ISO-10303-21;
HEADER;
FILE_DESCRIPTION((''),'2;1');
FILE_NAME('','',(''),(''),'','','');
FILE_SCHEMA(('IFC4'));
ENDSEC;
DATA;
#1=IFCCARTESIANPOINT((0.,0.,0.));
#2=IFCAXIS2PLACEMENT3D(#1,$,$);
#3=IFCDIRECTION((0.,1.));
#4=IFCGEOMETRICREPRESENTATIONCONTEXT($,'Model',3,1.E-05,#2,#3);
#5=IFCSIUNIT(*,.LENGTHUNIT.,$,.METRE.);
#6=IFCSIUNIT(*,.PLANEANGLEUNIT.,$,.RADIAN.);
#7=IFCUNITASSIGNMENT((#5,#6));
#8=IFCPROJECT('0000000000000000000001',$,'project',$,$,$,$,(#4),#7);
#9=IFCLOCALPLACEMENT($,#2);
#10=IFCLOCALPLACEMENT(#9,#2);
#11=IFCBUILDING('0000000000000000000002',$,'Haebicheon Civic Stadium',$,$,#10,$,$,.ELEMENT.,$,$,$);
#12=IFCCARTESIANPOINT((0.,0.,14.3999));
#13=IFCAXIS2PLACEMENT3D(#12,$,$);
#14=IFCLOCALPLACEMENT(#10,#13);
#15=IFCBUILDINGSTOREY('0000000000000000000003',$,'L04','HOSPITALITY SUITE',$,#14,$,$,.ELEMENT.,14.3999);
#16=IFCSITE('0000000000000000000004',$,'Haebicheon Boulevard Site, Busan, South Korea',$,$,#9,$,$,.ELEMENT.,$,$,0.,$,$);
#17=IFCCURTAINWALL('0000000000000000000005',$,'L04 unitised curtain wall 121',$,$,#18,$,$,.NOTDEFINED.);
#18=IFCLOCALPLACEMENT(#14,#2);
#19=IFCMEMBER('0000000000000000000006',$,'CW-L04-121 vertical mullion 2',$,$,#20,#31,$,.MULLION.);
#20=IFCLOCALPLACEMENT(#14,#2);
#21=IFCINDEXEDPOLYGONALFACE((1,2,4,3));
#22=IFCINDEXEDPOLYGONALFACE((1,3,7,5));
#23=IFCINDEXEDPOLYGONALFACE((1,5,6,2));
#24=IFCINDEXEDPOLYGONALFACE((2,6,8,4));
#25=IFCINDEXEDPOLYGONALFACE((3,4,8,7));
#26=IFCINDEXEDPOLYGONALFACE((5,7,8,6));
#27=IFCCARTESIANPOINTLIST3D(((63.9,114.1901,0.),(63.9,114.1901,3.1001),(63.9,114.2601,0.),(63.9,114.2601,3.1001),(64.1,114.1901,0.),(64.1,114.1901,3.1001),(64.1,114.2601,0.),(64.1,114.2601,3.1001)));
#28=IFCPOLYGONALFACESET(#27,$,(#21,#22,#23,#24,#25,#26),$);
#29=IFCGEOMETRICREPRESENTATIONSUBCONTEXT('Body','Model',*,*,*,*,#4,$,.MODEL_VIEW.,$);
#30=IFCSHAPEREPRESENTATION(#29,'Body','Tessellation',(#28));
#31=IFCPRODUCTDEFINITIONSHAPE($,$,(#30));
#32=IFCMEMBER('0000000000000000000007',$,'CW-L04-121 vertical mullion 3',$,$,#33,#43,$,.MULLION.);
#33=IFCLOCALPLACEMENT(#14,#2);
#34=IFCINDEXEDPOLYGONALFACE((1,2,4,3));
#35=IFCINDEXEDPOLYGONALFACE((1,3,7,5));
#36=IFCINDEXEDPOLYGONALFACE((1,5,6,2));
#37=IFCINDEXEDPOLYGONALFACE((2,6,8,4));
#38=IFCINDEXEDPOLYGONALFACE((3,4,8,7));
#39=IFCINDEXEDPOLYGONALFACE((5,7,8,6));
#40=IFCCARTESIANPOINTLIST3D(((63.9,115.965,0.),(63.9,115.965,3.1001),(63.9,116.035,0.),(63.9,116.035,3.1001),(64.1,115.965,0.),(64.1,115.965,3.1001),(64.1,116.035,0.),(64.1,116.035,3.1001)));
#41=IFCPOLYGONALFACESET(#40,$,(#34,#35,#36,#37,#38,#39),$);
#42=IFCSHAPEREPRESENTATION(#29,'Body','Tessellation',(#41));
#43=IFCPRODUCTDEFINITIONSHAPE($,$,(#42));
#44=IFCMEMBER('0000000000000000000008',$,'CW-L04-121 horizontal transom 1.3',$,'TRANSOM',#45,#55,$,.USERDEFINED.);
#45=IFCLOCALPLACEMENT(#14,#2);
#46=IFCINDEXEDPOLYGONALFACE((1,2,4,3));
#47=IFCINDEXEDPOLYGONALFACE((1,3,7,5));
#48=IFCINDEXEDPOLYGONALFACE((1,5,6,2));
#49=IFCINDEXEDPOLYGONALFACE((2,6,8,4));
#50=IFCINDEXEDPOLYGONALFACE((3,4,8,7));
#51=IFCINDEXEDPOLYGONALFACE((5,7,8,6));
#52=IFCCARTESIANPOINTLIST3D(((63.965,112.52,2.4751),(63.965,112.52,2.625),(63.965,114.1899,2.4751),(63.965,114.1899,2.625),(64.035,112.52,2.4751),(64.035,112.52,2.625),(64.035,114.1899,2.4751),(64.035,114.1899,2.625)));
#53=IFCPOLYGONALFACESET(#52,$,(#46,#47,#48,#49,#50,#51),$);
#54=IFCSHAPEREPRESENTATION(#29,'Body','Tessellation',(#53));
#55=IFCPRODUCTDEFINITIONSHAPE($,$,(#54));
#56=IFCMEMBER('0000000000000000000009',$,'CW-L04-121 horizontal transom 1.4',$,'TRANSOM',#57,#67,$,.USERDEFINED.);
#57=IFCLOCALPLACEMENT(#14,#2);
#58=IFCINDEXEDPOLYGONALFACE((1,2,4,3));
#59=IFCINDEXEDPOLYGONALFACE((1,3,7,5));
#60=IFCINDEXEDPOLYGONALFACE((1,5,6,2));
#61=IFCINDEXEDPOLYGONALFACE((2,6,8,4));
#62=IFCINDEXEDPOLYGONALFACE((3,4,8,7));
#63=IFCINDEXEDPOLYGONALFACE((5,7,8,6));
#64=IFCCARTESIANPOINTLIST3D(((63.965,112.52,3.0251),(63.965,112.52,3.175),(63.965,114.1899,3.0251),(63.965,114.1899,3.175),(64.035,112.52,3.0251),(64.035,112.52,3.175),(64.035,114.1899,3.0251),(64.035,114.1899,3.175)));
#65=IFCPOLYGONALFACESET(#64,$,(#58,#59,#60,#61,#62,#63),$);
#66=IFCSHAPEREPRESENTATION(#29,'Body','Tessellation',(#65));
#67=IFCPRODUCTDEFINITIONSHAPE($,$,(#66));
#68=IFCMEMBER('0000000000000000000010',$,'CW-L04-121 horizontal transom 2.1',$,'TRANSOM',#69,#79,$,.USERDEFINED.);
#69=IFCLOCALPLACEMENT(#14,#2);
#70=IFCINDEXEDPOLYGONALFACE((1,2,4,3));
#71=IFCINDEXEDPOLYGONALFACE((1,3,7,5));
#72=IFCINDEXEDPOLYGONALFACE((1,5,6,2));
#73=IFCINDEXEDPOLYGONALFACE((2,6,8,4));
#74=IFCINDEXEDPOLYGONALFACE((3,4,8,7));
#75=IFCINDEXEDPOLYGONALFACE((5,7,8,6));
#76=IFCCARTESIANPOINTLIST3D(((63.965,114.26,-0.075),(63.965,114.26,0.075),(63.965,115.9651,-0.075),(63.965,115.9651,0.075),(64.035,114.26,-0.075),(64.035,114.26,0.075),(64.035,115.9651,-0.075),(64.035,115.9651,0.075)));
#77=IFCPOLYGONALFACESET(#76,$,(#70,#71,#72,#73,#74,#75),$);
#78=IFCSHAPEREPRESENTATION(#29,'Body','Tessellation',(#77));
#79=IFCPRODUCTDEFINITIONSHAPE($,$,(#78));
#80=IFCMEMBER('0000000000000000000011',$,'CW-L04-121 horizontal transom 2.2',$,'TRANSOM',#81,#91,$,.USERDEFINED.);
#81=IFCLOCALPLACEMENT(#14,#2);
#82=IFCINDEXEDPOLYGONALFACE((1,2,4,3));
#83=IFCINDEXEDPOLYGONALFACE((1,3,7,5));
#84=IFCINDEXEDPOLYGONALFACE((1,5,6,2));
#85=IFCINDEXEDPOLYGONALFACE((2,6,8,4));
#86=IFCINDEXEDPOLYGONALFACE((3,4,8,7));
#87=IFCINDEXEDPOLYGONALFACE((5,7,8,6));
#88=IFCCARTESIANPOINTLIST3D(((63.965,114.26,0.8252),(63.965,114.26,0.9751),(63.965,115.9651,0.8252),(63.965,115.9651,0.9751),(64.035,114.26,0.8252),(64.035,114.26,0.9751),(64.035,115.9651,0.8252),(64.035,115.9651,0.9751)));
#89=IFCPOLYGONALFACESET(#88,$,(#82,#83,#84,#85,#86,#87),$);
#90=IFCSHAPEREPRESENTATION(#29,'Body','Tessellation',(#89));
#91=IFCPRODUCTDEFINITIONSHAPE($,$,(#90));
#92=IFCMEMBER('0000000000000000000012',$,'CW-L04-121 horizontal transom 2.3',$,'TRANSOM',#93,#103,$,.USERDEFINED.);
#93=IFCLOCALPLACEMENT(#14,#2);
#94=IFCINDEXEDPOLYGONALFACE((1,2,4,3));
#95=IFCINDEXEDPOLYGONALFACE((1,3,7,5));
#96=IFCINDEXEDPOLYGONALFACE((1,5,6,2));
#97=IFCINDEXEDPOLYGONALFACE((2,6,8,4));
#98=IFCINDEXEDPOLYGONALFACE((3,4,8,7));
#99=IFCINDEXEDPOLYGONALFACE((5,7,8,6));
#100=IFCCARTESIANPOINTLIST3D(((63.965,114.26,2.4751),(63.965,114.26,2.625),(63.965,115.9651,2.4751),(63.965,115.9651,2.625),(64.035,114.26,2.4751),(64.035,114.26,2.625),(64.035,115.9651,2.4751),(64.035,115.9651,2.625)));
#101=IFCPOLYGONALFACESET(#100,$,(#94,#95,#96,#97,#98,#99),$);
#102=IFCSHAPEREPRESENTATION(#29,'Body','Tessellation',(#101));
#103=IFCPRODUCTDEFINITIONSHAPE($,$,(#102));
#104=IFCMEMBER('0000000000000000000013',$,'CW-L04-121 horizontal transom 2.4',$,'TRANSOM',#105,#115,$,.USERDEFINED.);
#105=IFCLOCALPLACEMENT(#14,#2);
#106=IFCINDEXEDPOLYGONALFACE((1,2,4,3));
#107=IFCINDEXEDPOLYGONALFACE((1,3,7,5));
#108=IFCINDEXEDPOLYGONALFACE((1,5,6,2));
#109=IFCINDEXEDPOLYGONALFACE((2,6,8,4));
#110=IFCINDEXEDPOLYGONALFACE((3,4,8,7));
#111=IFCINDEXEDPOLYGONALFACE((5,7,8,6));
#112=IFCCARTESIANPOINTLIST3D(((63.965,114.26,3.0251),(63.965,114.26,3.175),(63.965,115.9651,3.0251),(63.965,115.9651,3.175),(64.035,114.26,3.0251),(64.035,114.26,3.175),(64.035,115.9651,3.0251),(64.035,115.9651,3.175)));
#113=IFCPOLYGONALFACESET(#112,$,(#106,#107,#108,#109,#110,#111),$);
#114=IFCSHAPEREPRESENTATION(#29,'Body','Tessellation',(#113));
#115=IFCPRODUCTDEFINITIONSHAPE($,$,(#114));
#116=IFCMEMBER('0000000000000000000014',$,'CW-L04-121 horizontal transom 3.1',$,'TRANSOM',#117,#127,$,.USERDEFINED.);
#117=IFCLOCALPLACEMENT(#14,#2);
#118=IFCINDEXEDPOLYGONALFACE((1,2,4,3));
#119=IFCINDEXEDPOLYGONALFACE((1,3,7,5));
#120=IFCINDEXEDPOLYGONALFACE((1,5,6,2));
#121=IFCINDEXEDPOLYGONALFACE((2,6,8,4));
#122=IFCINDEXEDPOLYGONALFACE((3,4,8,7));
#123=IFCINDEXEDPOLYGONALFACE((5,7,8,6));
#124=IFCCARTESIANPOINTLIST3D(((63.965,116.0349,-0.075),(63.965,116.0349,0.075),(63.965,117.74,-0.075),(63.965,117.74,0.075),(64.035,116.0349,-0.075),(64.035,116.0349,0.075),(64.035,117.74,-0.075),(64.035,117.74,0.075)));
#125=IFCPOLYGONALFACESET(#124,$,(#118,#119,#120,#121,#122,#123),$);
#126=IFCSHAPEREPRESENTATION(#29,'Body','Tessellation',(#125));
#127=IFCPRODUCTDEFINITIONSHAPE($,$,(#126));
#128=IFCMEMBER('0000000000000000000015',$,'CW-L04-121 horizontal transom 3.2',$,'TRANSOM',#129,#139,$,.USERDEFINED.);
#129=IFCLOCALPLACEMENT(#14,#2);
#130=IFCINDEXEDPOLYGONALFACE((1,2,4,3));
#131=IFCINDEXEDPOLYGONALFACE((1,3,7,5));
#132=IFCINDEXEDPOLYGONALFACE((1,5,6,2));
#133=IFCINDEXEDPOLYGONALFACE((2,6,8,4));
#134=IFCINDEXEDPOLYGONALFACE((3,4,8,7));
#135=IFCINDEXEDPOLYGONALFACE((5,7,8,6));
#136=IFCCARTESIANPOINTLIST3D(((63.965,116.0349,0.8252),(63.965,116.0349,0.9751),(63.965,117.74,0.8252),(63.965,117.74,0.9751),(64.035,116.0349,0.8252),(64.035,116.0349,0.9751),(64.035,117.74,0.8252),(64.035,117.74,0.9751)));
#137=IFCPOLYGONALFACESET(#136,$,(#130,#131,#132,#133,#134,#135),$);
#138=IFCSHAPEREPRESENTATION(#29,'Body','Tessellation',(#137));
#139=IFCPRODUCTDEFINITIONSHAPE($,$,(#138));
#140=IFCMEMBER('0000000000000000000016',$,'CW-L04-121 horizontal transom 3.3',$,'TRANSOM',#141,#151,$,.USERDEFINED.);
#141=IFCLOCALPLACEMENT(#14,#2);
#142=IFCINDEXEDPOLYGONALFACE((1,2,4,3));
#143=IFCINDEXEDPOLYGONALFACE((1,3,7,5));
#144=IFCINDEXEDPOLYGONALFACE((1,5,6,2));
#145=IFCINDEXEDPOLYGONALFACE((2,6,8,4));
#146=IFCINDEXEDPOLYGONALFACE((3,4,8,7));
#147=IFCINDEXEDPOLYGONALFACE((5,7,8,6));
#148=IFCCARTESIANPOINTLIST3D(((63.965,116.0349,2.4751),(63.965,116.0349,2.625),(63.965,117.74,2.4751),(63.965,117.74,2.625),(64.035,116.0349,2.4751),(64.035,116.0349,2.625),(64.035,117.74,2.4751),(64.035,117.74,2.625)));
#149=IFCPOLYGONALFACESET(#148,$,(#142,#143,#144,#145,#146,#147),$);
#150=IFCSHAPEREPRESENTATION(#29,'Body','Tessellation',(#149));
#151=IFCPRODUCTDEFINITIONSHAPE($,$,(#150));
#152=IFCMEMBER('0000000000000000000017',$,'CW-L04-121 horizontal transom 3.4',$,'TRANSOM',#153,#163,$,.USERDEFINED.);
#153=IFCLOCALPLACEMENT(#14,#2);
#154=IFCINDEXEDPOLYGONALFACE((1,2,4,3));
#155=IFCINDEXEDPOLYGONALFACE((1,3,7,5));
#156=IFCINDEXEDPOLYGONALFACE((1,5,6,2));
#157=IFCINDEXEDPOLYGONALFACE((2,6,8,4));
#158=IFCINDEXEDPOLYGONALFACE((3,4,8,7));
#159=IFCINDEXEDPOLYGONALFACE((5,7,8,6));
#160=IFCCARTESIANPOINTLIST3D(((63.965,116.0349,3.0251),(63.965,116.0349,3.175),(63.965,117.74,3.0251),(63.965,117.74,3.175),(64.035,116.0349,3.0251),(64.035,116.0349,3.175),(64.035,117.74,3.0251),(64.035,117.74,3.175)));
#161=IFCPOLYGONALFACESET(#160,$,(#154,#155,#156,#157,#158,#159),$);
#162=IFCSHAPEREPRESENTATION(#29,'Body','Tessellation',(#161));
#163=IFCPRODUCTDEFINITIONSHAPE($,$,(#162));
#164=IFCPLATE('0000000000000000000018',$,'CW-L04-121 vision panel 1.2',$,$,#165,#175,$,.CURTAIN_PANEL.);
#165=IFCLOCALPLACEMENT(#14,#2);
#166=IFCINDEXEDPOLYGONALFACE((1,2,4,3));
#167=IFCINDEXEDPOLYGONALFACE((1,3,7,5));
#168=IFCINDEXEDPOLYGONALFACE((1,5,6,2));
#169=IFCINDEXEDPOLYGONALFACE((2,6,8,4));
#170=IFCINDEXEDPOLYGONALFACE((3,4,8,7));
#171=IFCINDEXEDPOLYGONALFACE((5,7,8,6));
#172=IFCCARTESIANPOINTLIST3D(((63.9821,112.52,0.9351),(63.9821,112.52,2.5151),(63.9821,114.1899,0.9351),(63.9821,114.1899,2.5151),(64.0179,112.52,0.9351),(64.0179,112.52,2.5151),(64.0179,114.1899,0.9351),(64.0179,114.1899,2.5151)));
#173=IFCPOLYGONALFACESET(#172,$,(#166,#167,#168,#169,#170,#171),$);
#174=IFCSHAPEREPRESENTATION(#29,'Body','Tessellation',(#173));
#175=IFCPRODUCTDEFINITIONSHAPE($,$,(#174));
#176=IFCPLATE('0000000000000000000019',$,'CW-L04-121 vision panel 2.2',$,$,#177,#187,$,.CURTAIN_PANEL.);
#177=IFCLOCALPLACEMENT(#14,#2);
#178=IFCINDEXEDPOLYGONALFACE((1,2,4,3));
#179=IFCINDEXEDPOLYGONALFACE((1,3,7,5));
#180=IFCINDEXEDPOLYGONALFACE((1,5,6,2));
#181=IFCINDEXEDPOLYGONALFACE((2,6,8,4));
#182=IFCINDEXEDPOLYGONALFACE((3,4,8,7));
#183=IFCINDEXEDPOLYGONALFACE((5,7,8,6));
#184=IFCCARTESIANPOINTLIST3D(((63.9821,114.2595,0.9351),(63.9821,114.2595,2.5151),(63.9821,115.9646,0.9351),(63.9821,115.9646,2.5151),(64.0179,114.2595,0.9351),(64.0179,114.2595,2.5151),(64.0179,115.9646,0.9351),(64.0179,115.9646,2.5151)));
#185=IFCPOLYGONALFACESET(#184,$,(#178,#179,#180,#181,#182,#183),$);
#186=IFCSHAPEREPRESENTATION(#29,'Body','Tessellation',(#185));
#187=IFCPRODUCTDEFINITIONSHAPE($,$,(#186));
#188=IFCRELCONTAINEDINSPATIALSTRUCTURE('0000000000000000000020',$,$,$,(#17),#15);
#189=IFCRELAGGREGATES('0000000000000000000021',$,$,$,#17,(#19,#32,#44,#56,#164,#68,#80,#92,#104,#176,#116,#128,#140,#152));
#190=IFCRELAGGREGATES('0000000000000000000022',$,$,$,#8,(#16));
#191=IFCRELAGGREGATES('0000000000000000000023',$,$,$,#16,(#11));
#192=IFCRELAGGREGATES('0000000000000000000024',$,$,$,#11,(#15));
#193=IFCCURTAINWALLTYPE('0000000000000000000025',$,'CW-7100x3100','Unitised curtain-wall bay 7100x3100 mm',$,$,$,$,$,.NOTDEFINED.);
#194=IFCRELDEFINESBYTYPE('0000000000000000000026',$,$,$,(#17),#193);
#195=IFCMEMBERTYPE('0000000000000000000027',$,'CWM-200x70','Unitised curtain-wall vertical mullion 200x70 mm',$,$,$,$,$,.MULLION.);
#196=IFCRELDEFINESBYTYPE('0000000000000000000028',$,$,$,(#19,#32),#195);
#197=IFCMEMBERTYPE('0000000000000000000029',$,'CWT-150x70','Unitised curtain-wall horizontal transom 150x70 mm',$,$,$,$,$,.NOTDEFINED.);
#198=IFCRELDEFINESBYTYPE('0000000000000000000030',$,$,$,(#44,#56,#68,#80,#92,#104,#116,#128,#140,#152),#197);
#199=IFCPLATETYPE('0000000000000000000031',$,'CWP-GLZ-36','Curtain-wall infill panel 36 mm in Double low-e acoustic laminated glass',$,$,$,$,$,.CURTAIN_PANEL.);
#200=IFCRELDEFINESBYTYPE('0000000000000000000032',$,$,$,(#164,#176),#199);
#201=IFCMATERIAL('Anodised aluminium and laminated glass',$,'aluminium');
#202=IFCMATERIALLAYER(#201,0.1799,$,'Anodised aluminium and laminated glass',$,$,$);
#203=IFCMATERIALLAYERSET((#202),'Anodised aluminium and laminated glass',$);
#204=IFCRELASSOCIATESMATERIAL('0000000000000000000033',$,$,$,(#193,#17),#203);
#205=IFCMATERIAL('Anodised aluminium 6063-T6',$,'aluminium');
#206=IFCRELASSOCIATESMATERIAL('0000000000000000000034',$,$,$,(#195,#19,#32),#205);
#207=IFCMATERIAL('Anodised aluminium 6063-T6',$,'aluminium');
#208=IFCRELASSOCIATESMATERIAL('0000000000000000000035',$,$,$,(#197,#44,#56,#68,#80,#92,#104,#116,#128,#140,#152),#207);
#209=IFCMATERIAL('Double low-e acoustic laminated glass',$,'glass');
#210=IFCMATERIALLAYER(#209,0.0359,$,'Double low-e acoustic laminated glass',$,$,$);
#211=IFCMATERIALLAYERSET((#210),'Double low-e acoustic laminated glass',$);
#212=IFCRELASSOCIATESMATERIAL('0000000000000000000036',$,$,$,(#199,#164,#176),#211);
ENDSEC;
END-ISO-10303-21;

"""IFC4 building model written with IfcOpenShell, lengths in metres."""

from ifc_helpers import new_model, si_unit, direction, frame, origin, origin_2d, place, context, subcontext, project, spatial, rectangle, extrude, material, layer, layer_set, material_profile, profile_set, type_object, element, aggregate, save


model = new_model("IFC4")

# Units and contexts
model_context = context("Model", 3, precision=1e-05, world=origin(), true_north=direction((0.0, 1.0)))
body_context = subcontext(model_context, "Body", "Model", "MODEL_VIEW")
ifc_project = project(units=[si_unit("LENGTHUNIT", "METRE"), si_unit("PLANEANGLEUNIT", "RADIAN")], contexts=[model_context])

# Site, building, storey
site_placement = place(None, origin())
site = spatial("IfcSite", under=ifc_project, at=site_placement, Name="Haebicheon Boulevard Site, Busan, South Korea", CompositionType="ELEMENT", RefElevation=0.0)
building_placement = place(site_placement, origin())
building = spatial("IfcBuilding", under=site, at=building_placement, Name="Haebicheon Civic Stadium", CompositionType="ELEMENT")
storey_placement = place(building_placement, frame((0.0, 0.0, 14.3999)))
storey = spatial("IfcBuildingStorey", under=building, at=storey_placement, Name="L04", Description="HOSPITALITY SUITE", CompositionType="ELEMENT", Elevation=14.3999)

# Curtain wall, members, plates
ifc_material_1 = material(Name="Anodised aluminium and laminated glass", Category="aluminium")
ifc_layer_1 = layer(ifc_material_1, 0.1799, Name="Anodised aluminium and laminated glass")
ifc_layer_set_1 = layer_set([ifc_layer_1], Name="Anodised aluminium and laminated glass")
curtain_wall_type = type_object("IfcCurtainWallType", Name="CW-7100x3100", Description="Unitised curtain-wall bay 7100x3100 mm", PredefinedType="NOTDEFINED", material=ifc_layer_set_1)
curtain_wall_placement = place(storey_placement, origin())
curtain_wall = element("IfcCurtainWall", 1, at=curtain_wall_placement, inside=storey, type_object=curtain_wall_type, material=ifc_layer_set_1, Name="L04 unitised curtain wall 121", PredefinedType="NOTDEFINED")
ifc_material_2 = material(Name="Anodised aluminium 6063-T6", Category="aluminium")
ifc_material_profile_1 = material_profile(ifc_material_2, rectangle(XDim=0.0701, YDim=0.2, at=origin_2d()), Name="ALU-MULL-70x200")
ifc_profile_set_1 = profile_set([ifc_material_profile_1], Name="Anodised aluminium 6063-T6")
member_type_1 = type_object("IfcMemberType", Name="CWM-200x70", Description="Unitised curtain-wall vertical mullion 200x70 mm", PredefinedType="MULLION", material=ifc_profile_set_1)
member_1_placement = place(storey_placement, frame((64.0, 114.2251, 0.0), z_axis=(0.0, 0.0, 1.0), x_axis=(0.0, 1.0, 0.0)))
member_1 = element("IfcMember", 2, at=member_1_placement, type_object=member_type_1, material=ifc_profile_set_1, Name="CW-L04-121 vertical mullion 2", PredefinedType="MULLION", context=body_context, shape_type="SweptSolid", body=[
    extrude(rectangle(XDim=0.0701, YDim=0.2, at=origin_2d()), origin(), (0.0, 0.0, 1.0), 3.1001),
])
member_2_placement = place(storey_placement, frame((64.0, 116.0, 0.0), z_axis=(0.0, 0.0, 1.0), x_axis=(0.0, 1.0, 0.0)))
member_2 = element("IfcMember", 3, at=member_2_placement, type_object=member_type_1, material=ifc_profile_set_1, Name="CW-L04-121 vertical mullion 3", PredefinedType="MULLION", context=body_context, shape_type="SweptSolid", body=[
    extrude(rectangle(XDim=0.0701, YDim=0.2, at=origin_2d()), origin(), (0.0, 0.0, 1.0), 3.1001),
])
ifc_material_3 = material(Name="Anodised aluminium 6063-T6", Category="aluminium")
ifc_material_profile_2 = material_profile(ifc_material_3, rectangle(XDim=0.0701, YDim=0.1499, at=origin_2d()), Name="ALU-TRAN-70x150")
ifc_profile_set_2 = profile_set([ifc_material_profile_2], Name="Anodised aluminium 6063-T6")
member_type_2 = type_object("IfcMemberType", Name="CWT-150x70", Description="Unitised curtain-wall horizontal transom 150x70 mm", PredefinedType="NOTDEFINED", material=ifc_profile_set_2)
member_3_placement = place(storey_placement, frame((64.0, 112.52, 2.55), z_axis=(0.0, 1.0, 0.0), x_axis=(-1.0, 0.0, 0.0)))
member_3 = element("IfcMember", 4, at=member_3_placement, type_object=member_type_2, material=ifc_profile_set_2, Name="CW-L04-121 horizontal transom 1.3", ObjectType="TRANSOM", PredefinedType="USERDEFINED", context=body_context, shape_type="SweptSolid", body=[
    extrude(rectangle(XDim=0.0701, YDim=0.1499, at=origin_2d()), origin(), (0.0, 0.0, 1.0), 1.6699),
])
member_4_placement = place(storey_placement, frame((64.0, 112.52, 3.1001), z_axis=(0.0, 1.0, 0.0), x_axis=(-1.0, 0.0, 0.0)))
member_4 = element("IfcMember", 5, at=member_4_placement, type_object=member_type_2, material=ifc_profile_set_2, Name="CW-L04-121 horizontal transom 1.4", ObjectType="TRANSOM", PredefinedType="USERDEFINED", context=body_context, shape_type="SweptSolid", body=[
    extrude(rectangle(XDim=0.0701, YDim=0.1499, at=origin_2d()), origin(), (0.0, 0.0, 1.0), 1.6699),
])
member_5_placement = place(storey_placement, frame((64.0, 114.26, 0.0), z_axis=(0.0, 1.0, 0.0), x_axis=(-1.0, 0.0, 0.0)))
member_5 = element("IfcMember", 6, at=member_5_placement, type_object=member_type_2, material=ifc_profile_set_2, Name="CW-L04-121 horizontal transom 2.1", ObjectType="TRANSOM", PredefinedType="USERDEFINED", context=body_context, shape_type="SweptSolid", body=[
    extrude(rectangle(XDim=0.0701, YDim=0.1499, at=origin_2d()), origin(), (0.0, 0.0, 1.0), 1.7051),
])
member_6_placement = place(storey_placement, frame((64.0, 114.26, 0.9001), z_axis=(0.0, 1.0, 0.0), x_axis=(-1.0, 0.0, 0.0)))
member_6 = element("IfcMember", 7, at=member_6_placement, type_object=member_type_2, material=ifc_profile_set_2, Name="CW-L04-121 horizontal transom 2.2", ObjectType="TRANSOM", PredefinedType="USERDEFINED", context=body_context, shape_type="SweptSolid", body=[
    extrude(rectangle(XDim=0.0701, YDim=0.1499, at=origin_2d()), origin(), (0.0, 0.0, 1.0), 1.7051),
])
member_7_placement = place(storey_placement, frame((64.0, 114.26, 2.55), z_axis=(0.0, 1.0, 0.0), x_axis=(-1.0, 0.0, 0.0)))
member_7 = element("IfcMember", 8, at=member_7_placement, type_object=member_type_2, material=ifc_profile_set_2, Name="CW-L04-121 horizontal transom 2.3", ObjectType="TRANSOM", PredefinedType="USERDEFINED", context=body_context, shape_type="SweptSolid", body=[
    extrude(rectangle(XDim=0.0701, YDim=0.1499, at=origin_2d()), origin(), (0.0, 0.0, 1.0), 1.7051),
])
member_8_placement = place(storey_placement, frame((64.0, 114.26, 3.1001), z_axis=(0.0, 1.0, 0.0), x_axis=(-1.0, 0.0, 0.0)))
member_8 = element("IfcMember", 9, at=member_8_placement, type_object=member_type_2, material=ifc_profile_set_2, Name="CW-L04-121 horizontal transom 2.4", ObjectType="TRANSOM", PredefinedType="USERDEFINED", context=body_context, shape_type="SweptSolid", body=[
    extrude(rectangle(XDim=0.0701, YDim=0.1499, at=origin_2d()), origin(), (0.0, 0.0, 1.0), 1.7051),
])
member_9_placement = place(storey_placement, frame((64.0, 116.0349, 0.0), z_axis=(0.0, 1.0, 0.0), x_axis=(-1.0, 0.0, 0.0)))
member_9 = element("IfcMember", 10, at=member_9_placement, type_object=member_type_2, material=ifc_profile_set_2, Name="CW-L04-121 horizontal transom 3.1", ObjectType="TRANSOM", PredefinedType="USERDEFINED", context=body_context, shape_type="SweptSolid", body=[
    extrude(rectangle(XDim=0.0701, YDim=0.1499, at=origin_2d()), origin(), (0.0, 0.0, 1.0), 1.7051),
])
member_10_placement = place(storey_placement, frame((64.0, 116.0349, 0.9001), z_axis=(0.0, 1.0, 0.0), x_axis=(-1.0, 0.0, 0.0)))
member_10 = element("IfcMember", 11, at=member_10_placement, type_object=member_type_2, material=ifc_profile_set_2, Name="CW-L04-121 horizontal transom 3.2", ObjectType="TRANSOM", PredefinedType="USERDEFINED", context=body_context, shape_type="SweptSolid", body=[
    extrude(rectangle(XDim=0.0701, YDim=0.1499, at=origin_2d()), origin(), (0.0, 0.0, 1.0), 1.7051),
])
member_11_placement = place(storey_placement, frame((64.0, 116.0349, 2.55), z_axis=(0.0, 1.0, 0.0), x_axis=(-1.0, 0.0, 0.0)))
member_11 = element("IfcMember", 12, at=member_11_placement, type_object=member_type_2, material=ifc_profile_set_2, Name="CW-L04-121 horizontal transom 3.3", ObjectType="TRANSOM", PredefinedType="USERDEFINED", context=body_context, shape_type="SweptSolid", body=[
    extrude(rectangle(XDim=0.0701, YDim=0.1499, at=origin_2d()), origin(), (0.0, 0.0, 1.0), 1.7051),
])
member_12_placement = place(storey_placement, frame((64.0, 116.0349, 3.1001), z_axis=(0.0, 1.0, 0.0), x_axis=(-1.0, 0.0, 0.0)))
member_12 = element("IfcMember", 13, at=member_12_placement, type_object=member_type_2, material=ifc_profile_set_2, Name="CW-L04-121 horizontal transom 3.4", ObjectType="TRANSOM", PredefinedType="USERDEFINED", context=body_context, shape_type="SweptSolid", body=[
    extrude(rectangle(XDim=0.0701, YDim=0.1499, at=origin_2d()), origin(), (0.0, 0.0, 1.0), 1.7051),
])
ifc_material_4 = material(Name="Double low-e acoustic laminated glass", Category="glass")
ifc_layer_2 = layer(ifc_material_4, 0.0359, Name="Double low-e acoustic laminated glass")
ifc_layer_set_2 = layer_set([ifc_layer_2], Name="Double low-e acoustic laminated glass")
plate_type_1 = type_object("IfcPlateType", Name="CWP-GLZ-36", Description="Curtain-wall infill panel 36 mm in Double low-e acoustic laminated glass", PredefinedType="CURTAIN_PANEL", material=ifc_layer_set_2)
plate_1_placement = place(storey_placement, frame((64.0, 113.355, 0.9351), z_axis=(0.0, 0.0, 1.0), x_axis=(0.0, 1.0, 0.0)))
plate_1 = element("IfcPlate", 14, at=plate_1_placement, type_object=plate_type_1, material=ifc_layer_set_2, Name="CW-L04-121 vision panel 1.2", PredefinedType="CURTAIN_PANEL", context=body_context, shape_type="SweptSolid", body=[
    extrude(rectangle(XDim=1.6699, YDim=0.0359, at=origin_2d()), origin(), (0.0, 0.0, 1.0), 1.5801),
])
plate_2_placement = place(storey_placement, frame((64.0, 115.1121, 0.9351), z_axis=(0.0, 0.0, 1.0), x_axis=(0.0, 1.0, 0.0)))
plate_2 = element("IfcPlate", 15, at=plate_2_placement, type_object=plate_type_1, material=ifc_layer_set_2, Name="CW-L04-121 vision panel 2.2", PredefinedType="CURTAIN_PANEL", context=body_context, shape_type="SweptSolid", body=[
    extrude(rectangle(XDim=1.7051, YDim=0.0359, at=origin_2d()), origin(), (0.0, 0.0, 1.0), 1.5801),
])
aggregate(curtain_wall, [member_1, member_2, member_3, member_4, plate_1, member_5, member_6, member_7, member_8, plate_2, member_9, member_10, member_11, member_12])

save(model, "model.ifc")
